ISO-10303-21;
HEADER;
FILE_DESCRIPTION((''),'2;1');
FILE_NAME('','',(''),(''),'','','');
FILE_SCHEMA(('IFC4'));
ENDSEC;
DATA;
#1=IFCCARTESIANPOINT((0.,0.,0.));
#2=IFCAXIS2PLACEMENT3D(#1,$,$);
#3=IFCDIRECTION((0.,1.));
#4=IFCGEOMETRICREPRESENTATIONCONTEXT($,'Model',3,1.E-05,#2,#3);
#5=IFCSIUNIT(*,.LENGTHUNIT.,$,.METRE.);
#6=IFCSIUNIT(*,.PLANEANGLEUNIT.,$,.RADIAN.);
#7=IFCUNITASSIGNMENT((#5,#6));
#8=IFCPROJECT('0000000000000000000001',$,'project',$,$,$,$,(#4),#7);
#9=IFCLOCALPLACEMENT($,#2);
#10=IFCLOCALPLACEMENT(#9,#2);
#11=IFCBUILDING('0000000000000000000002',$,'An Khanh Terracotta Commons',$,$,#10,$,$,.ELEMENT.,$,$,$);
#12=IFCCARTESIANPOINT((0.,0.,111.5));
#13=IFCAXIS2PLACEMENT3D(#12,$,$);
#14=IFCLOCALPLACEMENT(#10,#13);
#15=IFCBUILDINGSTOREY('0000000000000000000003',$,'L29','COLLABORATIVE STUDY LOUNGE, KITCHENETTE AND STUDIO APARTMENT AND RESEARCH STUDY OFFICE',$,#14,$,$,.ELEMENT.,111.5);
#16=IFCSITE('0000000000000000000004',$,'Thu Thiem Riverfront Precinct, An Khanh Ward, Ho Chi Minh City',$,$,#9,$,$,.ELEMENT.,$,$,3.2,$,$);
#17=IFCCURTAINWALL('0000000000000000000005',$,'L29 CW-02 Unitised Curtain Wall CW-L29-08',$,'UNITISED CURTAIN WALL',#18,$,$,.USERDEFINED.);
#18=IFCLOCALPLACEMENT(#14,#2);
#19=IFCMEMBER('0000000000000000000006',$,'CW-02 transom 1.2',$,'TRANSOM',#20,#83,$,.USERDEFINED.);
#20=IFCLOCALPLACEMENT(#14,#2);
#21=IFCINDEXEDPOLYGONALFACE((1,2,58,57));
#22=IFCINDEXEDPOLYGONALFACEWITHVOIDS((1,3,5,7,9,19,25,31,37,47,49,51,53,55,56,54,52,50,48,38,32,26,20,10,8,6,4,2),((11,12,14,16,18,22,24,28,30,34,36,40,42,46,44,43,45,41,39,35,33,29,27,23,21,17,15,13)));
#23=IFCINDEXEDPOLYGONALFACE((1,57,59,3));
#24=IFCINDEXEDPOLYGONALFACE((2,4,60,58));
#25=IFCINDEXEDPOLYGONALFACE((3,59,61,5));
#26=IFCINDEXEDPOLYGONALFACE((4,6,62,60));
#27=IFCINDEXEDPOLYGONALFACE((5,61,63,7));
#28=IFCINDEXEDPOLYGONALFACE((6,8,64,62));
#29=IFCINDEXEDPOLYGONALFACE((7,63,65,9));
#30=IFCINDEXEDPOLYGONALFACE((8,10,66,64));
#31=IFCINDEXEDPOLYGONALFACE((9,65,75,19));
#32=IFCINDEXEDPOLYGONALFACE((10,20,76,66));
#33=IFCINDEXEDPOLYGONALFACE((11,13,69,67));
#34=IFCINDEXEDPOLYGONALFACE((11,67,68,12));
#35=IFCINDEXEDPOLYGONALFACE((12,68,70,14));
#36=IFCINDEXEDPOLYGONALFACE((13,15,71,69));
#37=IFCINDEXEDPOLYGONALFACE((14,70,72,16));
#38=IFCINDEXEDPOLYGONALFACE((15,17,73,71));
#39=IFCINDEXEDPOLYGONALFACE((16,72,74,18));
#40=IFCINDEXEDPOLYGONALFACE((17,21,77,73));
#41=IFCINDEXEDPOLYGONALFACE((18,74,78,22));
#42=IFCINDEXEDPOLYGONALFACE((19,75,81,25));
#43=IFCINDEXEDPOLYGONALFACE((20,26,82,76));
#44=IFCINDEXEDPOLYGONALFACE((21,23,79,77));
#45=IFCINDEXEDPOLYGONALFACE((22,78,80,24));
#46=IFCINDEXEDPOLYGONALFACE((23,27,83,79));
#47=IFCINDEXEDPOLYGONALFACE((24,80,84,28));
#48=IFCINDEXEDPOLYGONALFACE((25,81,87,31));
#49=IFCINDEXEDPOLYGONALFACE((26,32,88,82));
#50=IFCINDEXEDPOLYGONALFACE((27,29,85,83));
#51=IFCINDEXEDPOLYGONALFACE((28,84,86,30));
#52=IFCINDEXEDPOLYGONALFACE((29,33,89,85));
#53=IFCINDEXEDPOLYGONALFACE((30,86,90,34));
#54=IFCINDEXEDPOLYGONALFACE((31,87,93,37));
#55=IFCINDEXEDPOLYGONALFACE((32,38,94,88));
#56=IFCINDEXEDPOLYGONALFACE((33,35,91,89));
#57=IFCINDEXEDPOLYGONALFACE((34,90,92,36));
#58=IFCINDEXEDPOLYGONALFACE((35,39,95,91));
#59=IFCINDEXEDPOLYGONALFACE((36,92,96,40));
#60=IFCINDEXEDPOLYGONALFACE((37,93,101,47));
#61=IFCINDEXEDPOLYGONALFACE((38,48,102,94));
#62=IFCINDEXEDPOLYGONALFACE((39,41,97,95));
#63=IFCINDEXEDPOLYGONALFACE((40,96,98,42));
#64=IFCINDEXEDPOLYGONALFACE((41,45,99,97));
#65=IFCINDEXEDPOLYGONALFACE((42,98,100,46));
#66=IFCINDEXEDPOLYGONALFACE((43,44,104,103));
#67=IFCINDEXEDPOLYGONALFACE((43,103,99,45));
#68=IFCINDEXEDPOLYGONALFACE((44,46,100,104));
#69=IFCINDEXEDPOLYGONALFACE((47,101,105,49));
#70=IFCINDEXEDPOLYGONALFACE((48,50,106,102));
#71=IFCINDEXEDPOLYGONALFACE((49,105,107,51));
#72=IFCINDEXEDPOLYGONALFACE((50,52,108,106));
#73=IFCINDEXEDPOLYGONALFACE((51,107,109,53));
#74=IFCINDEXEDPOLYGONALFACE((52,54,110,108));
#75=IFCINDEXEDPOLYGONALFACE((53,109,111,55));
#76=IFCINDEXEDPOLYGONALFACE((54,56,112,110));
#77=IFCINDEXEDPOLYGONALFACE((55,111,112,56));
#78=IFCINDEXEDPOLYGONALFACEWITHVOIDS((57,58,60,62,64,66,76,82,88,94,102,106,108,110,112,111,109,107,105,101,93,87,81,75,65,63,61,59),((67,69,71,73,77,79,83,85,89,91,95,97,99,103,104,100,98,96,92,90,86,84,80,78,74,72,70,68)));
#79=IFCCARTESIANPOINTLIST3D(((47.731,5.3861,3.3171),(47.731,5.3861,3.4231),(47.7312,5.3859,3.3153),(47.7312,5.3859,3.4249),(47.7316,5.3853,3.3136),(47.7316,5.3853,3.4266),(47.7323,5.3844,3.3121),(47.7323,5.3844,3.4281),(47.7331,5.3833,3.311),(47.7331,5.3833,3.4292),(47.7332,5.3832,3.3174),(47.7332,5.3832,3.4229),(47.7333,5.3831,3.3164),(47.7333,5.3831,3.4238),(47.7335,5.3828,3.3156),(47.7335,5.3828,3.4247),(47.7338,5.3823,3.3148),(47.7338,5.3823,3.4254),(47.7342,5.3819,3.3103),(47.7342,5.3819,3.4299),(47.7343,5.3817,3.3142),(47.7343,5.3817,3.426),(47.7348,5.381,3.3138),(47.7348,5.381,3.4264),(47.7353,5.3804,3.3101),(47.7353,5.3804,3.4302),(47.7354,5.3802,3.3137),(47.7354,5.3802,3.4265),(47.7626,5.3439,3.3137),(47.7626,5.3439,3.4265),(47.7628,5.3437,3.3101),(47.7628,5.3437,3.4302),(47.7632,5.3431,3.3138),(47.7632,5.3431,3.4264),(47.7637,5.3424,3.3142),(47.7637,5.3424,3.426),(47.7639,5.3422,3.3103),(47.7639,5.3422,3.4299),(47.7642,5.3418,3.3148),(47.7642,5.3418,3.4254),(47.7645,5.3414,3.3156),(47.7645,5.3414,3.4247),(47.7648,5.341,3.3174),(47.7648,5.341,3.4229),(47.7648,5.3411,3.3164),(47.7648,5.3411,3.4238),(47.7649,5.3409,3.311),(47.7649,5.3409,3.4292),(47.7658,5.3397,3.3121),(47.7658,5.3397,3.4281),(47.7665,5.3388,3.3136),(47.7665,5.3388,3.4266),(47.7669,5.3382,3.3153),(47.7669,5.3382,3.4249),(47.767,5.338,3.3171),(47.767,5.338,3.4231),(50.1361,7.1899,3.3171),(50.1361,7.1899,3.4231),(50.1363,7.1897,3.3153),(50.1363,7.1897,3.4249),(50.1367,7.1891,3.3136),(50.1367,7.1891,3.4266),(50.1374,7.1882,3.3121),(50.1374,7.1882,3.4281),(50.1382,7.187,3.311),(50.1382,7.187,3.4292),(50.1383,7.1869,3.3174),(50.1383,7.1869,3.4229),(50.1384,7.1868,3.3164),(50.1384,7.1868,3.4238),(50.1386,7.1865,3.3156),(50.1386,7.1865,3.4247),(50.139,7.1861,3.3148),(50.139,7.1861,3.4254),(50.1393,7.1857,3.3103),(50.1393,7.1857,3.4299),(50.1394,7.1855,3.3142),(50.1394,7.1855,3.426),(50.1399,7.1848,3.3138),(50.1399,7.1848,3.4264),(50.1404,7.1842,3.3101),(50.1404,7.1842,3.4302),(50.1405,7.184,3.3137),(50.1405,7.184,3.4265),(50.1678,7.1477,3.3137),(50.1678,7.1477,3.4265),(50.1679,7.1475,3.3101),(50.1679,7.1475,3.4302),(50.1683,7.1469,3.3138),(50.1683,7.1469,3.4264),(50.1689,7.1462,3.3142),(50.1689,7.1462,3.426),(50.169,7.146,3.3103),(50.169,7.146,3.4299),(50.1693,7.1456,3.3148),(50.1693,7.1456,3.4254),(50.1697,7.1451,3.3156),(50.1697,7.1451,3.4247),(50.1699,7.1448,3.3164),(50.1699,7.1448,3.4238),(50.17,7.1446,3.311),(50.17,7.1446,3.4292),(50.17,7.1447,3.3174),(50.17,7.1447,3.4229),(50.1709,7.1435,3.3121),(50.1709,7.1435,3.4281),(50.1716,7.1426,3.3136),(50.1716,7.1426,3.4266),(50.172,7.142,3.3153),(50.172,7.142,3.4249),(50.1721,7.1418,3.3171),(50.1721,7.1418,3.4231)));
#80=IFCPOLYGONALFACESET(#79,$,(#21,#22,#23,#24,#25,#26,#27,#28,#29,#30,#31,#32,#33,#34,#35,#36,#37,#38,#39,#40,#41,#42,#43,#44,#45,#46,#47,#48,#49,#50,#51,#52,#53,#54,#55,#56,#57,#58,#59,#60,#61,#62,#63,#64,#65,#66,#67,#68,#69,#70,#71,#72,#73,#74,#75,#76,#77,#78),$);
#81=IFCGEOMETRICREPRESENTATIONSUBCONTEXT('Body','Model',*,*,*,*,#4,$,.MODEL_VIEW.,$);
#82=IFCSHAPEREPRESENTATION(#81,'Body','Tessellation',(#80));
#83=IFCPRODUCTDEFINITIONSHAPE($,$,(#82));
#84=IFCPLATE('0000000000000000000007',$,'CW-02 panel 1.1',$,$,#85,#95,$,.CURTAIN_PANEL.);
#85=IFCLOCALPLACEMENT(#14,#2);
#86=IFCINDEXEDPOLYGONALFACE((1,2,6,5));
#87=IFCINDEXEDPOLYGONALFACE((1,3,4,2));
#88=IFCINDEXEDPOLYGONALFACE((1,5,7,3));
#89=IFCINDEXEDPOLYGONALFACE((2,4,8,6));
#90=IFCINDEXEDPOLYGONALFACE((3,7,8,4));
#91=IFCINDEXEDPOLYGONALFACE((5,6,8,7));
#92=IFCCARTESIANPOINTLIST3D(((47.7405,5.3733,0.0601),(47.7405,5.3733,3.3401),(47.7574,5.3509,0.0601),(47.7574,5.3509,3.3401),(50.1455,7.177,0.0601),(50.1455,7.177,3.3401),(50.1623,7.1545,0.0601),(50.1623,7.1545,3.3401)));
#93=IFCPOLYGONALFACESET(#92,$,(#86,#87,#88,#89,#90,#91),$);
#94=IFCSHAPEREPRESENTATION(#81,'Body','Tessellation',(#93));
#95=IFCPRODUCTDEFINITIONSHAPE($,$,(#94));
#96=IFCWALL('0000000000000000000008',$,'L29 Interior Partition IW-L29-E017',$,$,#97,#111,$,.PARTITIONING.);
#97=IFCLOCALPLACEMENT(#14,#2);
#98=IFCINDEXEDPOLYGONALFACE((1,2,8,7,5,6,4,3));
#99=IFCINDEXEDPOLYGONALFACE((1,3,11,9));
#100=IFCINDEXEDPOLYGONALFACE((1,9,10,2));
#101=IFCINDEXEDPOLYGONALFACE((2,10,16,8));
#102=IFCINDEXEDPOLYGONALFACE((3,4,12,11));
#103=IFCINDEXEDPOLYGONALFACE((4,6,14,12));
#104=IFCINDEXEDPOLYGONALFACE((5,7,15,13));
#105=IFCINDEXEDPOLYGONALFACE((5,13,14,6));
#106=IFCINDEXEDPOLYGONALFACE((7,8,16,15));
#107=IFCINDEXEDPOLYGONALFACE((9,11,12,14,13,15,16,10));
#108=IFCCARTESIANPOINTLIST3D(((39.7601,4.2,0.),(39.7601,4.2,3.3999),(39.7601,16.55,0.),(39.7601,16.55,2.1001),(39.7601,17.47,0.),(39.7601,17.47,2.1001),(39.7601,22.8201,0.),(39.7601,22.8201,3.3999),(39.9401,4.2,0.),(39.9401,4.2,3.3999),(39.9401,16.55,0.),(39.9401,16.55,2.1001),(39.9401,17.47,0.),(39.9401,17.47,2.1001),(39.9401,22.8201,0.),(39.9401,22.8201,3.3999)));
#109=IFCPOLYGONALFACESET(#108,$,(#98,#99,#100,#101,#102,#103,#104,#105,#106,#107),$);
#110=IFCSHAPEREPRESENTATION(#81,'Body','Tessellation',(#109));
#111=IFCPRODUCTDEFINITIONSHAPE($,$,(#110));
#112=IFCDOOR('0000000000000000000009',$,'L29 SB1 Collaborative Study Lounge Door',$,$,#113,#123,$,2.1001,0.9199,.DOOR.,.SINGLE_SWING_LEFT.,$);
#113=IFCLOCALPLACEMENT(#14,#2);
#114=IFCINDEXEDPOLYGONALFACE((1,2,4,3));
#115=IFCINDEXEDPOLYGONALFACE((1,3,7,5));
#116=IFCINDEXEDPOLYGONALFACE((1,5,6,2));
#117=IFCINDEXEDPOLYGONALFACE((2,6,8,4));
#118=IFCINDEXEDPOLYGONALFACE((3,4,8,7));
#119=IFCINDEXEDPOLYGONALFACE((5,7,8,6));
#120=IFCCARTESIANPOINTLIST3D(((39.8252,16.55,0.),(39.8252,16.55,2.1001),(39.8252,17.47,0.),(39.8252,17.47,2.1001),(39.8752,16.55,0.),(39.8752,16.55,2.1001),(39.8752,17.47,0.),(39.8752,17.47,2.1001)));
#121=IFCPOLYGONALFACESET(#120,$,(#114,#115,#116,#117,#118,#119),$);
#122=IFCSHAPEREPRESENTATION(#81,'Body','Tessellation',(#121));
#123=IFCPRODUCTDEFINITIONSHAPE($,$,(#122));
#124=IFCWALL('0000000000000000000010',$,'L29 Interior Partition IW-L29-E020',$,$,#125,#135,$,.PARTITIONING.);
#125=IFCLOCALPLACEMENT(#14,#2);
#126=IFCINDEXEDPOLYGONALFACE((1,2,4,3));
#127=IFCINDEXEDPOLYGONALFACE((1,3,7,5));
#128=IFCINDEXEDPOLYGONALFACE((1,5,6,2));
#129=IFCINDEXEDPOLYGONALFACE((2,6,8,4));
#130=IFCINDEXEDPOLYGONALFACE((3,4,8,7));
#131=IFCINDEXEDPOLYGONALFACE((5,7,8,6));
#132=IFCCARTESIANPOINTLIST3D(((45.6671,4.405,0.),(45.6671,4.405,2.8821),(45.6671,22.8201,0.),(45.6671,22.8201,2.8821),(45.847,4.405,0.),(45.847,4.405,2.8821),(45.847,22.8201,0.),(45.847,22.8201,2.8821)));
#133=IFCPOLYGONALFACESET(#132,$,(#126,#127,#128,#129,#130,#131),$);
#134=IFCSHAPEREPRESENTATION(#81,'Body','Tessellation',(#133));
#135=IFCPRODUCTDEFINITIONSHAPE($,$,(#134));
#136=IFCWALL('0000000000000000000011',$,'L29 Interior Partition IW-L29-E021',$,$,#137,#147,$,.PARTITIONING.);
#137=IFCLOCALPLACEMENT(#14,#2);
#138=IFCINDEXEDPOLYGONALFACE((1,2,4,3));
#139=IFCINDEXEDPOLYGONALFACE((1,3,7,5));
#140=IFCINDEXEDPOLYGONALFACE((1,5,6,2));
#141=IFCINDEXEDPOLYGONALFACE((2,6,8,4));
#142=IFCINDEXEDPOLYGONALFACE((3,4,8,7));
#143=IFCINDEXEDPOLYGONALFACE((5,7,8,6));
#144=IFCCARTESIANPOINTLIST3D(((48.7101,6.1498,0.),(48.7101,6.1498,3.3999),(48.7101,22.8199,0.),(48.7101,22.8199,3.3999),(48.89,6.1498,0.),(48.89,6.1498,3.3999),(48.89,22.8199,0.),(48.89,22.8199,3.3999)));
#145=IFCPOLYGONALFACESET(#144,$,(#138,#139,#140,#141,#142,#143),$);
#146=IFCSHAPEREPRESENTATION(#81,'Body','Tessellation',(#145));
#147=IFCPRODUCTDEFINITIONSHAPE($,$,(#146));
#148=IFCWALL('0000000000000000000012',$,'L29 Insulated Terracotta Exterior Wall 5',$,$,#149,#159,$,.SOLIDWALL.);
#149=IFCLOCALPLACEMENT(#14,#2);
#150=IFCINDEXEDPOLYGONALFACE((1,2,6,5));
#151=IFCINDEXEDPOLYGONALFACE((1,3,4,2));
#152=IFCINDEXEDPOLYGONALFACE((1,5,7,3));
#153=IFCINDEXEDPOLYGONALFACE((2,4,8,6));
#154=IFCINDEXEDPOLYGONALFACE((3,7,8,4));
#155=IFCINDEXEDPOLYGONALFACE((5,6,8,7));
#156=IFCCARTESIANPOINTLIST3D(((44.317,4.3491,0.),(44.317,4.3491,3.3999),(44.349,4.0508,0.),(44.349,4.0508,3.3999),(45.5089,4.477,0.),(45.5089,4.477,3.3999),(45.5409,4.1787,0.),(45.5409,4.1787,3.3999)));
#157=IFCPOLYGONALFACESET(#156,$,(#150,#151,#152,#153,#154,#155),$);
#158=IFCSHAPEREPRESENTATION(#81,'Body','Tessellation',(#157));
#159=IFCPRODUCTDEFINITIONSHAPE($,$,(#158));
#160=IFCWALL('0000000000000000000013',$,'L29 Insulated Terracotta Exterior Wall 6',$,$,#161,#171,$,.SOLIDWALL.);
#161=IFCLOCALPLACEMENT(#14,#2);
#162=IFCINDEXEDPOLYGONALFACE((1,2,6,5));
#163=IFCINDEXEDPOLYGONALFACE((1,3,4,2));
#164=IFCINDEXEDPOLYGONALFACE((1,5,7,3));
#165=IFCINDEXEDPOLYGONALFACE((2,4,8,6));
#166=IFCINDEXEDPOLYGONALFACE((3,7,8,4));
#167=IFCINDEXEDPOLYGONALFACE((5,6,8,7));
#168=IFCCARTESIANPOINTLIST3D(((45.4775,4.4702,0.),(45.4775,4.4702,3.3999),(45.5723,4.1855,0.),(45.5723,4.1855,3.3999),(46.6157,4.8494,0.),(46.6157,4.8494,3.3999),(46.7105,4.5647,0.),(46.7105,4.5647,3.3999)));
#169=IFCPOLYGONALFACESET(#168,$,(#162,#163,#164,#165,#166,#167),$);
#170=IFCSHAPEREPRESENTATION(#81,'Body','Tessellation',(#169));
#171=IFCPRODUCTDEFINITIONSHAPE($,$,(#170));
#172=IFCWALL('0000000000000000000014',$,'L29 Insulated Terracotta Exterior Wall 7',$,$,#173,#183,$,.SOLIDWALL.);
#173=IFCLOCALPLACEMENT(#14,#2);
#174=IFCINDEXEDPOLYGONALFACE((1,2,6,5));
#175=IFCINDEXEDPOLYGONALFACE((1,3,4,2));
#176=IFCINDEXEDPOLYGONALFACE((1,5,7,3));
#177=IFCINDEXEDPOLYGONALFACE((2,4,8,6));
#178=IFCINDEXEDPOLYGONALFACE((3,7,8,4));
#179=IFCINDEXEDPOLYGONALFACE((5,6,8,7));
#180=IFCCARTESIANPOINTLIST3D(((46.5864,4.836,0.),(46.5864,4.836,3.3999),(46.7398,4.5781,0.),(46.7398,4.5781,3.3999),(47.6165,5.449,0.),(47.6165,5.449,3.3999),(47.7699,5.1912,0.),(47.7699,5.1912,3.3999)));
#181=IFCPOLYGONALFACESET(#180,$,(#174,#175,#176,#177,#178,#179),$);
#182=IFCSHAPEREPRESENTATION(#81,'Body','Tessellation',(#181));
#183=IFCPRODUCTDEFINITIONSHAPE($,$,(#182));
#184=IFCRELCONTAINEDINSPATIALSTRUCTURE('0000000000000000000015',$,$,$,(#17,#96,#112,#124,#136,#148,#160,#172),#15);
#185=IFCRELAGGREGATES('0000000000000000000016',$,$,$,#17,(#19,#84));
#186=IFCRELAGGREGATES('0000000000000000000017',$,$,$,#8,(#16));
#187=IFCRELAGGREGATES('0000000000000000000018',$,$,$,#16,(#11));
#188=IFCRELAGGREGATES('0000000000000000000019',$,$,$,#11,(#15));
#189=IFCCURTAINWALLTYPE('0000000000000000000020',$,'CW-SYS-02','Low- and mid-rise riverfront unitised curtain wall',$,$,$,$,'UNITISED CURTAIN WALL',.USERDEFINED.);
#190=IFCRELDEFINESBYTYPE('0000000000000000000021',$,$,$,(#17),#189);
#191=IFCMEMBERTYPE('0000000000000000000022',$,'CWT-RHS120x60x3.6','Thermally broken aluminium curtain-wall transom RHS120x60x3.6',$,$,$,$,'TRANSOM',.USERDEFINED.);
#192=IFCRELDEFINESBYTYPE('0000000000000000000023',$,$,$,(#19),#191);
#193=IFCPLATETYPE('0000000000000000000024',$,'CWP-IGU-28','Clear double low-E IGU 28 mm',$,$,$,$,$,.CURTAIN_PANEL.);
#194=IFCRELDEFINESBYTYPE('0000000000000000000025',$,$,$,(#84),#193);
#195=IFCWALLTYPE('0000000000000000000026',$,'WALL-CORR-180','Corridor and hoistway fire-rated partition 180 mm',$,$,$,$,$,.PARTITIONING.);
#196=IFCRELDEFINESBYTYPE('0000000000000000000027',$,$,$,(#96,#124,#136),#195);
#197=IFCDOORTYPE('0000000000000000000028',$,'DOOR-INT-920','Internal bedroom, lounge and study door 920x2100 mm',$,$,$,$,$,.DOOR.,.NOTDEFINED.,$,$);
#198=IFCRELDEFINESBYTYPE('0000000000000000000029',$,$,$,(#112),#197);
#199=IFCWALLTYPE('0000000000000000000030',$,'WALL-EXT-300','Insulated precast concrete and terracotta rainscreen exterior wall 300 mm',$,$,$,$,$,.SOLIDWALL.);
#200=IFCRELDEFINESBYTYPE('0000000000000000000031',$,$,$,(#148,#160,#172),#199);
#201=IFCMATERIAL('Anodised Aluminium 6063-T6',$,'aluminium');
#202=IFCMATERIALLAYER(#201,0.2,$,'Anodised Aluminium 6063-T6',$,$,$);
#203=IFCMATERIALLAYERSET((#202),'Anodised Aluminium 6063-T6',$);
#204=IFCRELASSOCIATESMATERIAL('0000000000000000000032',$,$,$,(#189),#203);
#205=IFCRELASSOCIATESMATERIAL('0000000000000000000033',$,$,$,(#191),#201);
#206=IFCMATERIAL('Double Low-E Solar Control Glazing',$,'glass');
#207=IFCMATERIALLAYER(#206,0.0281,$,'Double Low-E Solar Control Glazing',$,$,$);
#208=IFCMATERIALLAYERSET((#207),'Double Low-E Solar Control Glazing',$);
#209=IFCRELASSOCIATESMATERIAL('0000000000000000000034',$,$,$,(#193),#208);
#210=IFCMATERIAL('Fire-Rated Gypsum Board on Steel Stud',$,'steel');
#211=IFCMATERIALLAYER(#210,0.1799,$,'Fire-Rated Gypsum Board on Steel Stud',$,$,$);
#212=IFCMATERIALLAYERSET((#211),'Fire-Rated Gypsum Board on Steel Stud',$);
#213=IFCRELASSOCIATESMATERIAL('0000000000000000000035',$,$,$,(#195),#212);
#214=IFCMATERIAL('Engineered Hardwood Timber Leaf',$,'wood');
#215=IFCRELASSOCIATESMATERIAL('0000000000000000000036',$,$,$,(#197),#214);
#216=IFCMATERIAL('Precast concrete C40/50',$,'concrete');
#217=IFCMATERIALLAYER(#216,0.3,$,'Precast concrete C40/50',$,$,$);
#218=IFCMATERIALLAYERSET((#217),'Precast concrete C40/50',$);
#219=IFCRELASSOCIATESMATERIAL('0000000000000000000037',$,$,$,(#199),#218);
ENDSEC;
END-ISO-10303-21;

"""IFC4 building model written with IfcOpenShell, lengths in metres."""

from ifc_helpers import new_model, si_unit, direction, frame, frame_2d, origin, origin_2d, place, context, subcontext, project, spatial, rectangle, hollow_rectangle, extrude, material, layer, layer_set, material_profile, profile_set, type_object, element, fill, aggregate, save


model = new_model("IFC4")

# Units and contexts
model_context = context("Model", 3, precision=1e-05, world=origin(), true_north=direction((0.0, 1.0)))
body_context = subcontext(model_context, "Body", "Model", "MODEL_VIEW")
ifc_project = project(units=[si_unit("LENGTHUNIT", "METRE"), si_unit("PLANEANGLEUNIT", "RADIAN")], contexts=[model_context])

# Site, building, storey
site_placement = place(None, origin())
site = spatial("IfcSite", under=ifc_project, at=site_placement, Name="Thu Thiem Riverfront Precinct, An Khanh Ward, Ho Chi Minh City", CompositionType="ELEMENT", RefElevation=3.2)
building_placement = place(site_placement, origin())
building = spatial("IfcBuilding", under=site, at=building_placement, Name="An Khanh Terracotta Commons", CompositionType="ELEMENT")
storey_placement = place(building_placement, frame((0.0, 0.0, 111.5)))
storey = spatial("IfcBuildingStorey", under=building, at=storey_placement, Name="L29", Description="COLLABORATIVE STUDY LOUNGE, KITCHENETTE AND STUDIO APARTMENT AND RESEARCH STUDY OFFICE", CompositionType="ELEMENT", Elevation=111.5)

# Curtain wall, member, plate
ifc_material_1 = material(Name="Anodised Aluminium 6063-T6", Category="aluminium")
ifc_layer_1 = layer(ifc_material_1, 0.2, Name="Anodised Aluminium 6063-T6")
ifc_layer_set_1 = layer_set([ifc_layer_1], Name="Anodised Aluminium 6063-T6")
curtain_wall_type = type_object("IfcCurtainWallType", Name="CW-SYS-02", Description="Low- and mid-rise riverfront unitised curtain wall", ElementType="UNITISED CURTAIN WALL", PredefinedType="USERDEFINED", material=ifc_layer_set_1)
curtain_wall_placement = place(storey_placement, origin())
curtain_wall = element("IfcCurtainWall", 1, at=curtain_wall_placement, inside=storey, type_object=curtain_wall_type, Name="L29 CW-02 Unitised Curtain Wall CW-L29-08", ObjectType="UNITISED CURTAIN WALL", PredefinedType="USERDEFINED")
ifc_material_profile_1 = material_profile(ifc_material_1, hollow_rectangle(XDim=0.0601, YDim=0.1201, WallThickness=0.0037, InnerFilletRadius=0.0037, OuterFilletRadius=0.0071, at=origin_2d()), Name="RHS120x60x3.6")
ifc_profile_set_1 = profile_set([ifc_material_profile_1], Name="Anodised Aluminium 6063-T6")
member_type_1 = type_object("IfcMemberType", Name="CWT-RHS120x60x3.6", Description="Thermally broken aluminium curtain-wall transom RHS120x60x3.6", ElementType="TRANSOM", PredefinedType="USERDEFINED", material=ifc_profile_set_1)
member_1_placement = place(storey_placement, frame((47.749, 5.3621, 3.3701), z_axis=(0.80001, 0.599987, 0.0), x_axis=(-0.599987, 0.80001, 0.0)))
member_1 = element("IfcMember", 2, at=member_1_placement, type_object=member_type_1, Name="CW-02 transom 1.2", ObjectType="TRANSOM", PredefinedType="USERDEFINED", context=body_context, shape_type="SweptSolid", body=[
    extrude(hollow_rectangle(XDim=0.0601, YDim=0.1201, WallThickness=0.0037, InnerFilletRadius=0.0037, OuterFilletRadius=0.0071, at=origin_2d()), origin(), (0.0, 0.0, 1.0), 3.0063),
])
ifc_material_2 = material(Name="Double Low-E Solar Control Glazing", Category="glass")
ifc_layer_2 = layer(ifc_material_2, 0.0281, Name="Double Low-E Solar Control Glazing")
ifc_layer_set_2 = layer_set([ifc_layer_2], Name="Double Low-E Solar Control Glazing")
plate_type = type_object("IfcPlateType", Name="CWP-IGU-28", Description="Clear double low-E IGU 28 mm", PredefinedType="CURTAIN_PANEL", material=ifc_layer_set_2)
plate_placement = place(storey_placement, frame((48.9514, 6.2639, 0.0601), z_axis=(0.0, 0.0, 1.0), x_axis=(0.800013, 0.599983, 0.0)))
plate = element("IfcPlate", 3, at=plate_placement, type_object=plate_type, Name="CW-02 panel 1.1", PredefinedType="CURTAIN_PANEL", context=body_context, shape_type="SweptSolid", body=[
    extrude(rectangle(XDim=3.0061, YDim=0.0281, at=origin_2d()), origin(), (0.0, 0.0, 1.0), 3.28),
])
aggregate(curtain_wall, [member_1, plate])

# Wall, opening, door
ifc_material_3 = material(Name="Fire-Rated Gypsum Board on Steel Stud", Category="steel")
ifc_layer_3 = layer(ifc_material_3, 0.1799, Name="Fire-Rated Gypsum Board on Steel Stud")
ifc_layer_set_3 = layer_set([ifc_layer_3], Name="Fire-Rated Gypsum Board on Steel Stud")
wall_type_1 = type_object("IfcWallType", Name="WALL-CORR-180", Description="Corridor and hoistway fire-rated partition 180 mm", PredefinedType="PARTITIONING", material=ifc_layer_set_3)
wall_1_placement = place(storey_placement, frame((39.8501, 4.2, 0.0), z_axis=(0.0, 0.0, 1.0), x_axis=(0.0, 1.0, 0.0)))
wall_1 = element("IfcWall", 4, at=wall_1_placement, inside=storey, type_object=wall_type_1, Name="L29 Interior Partition IW-L29-E017", PredefinedType="PARTITIONING", context=body_context, shape_type="SweptSolid", body=[
    extrude(rectangle(XDim=18.6201, YDim=0.1799, at=frame_2d((9.3101, 0.0))), origin(), (0.0, 0.0, 1.0), 3.3999),
])
opening_placement = place(wall_1_placement, frame((12.3501, 0.0, 0.0)))
opening = element("IfcOpeningElement", 5, at=opening_placement, cuts=wall_1, PredefinedType="OPENING", context=body_context, shape_type="SweptSolid", body=[
    extrude(rectangle(XDim=0.9199, YDim=2.1001, at=frame_2d((0.46, 1.05))), frame((0.0, 0.0999, 0.0), z_axis=(0.0, -1.0, 0.0), x_axis=(1.0, 0.0, 0.0)), (0.0, 0.0, 1.0), 0.2),
])
ifc_material_4 = material(Name="Engineered Hardwood Timber Leaf", Category="wood")
door_type = type_object("IfcDoorType", Name="DOOR-INT-920", Description="Internal bedroom, lounge and study door 920x2100 mm", OperationType="NOTDEFINED", PredefinedType="DOOR", material=ifc_material_4)
door_placement = place(opening_placement, origin())
door = element("IfcDoor", 6, at=door_placement, inside=storey, type_object=door_type, Name="L29 SB1 Collaborative Study Lounge Door", OperationType="SINGLE_SWING_LEFT", OverallHeight=2.1001, OverallWidth=0.9199, PredefinedType="DOOR", context=body_context, shape_type="SweptSolid", body=[
    extrude(rectangle(XDim=0.9199, YDim=2.1001, at=frame_2d((0.46, 1.05))), frame((0.0, 0.0249, 0.0), z_axis=(0.0, -1.0, 0.0), x_axis=(1.0, 0.0, 0.0)), (0.0, 0.0, 1.0), 0.05),
])
fill(opening, door)

# Walls
wall_2_placement = place(storey_placement, frame((45.7571, 4.405, 0.0), z_axis=(0.0, 0.0, 1.0), x_axis=(0.0, 1.0, 0.0)))
element("IfcWall", 7, at=wall_2_placement, inside=storey, type_object=wall_type_1, Name="L29 Interior Partition IW-L29-E020", PredefinedType="PARTITIONING", context=body_context, shape_type="SweptSolid", body=[
    extrude(rectangle(XDim=18.415, YDim=0.1799, at=frame_2d((9.2075, 0.0))), origin(), (0.0, 0.0, 1.0), 2.8821),
])
wall_3_placement = place(storey_placement, frame((48.8, 6.1499, 0.0), z_axis=(0.0, 0.0, 1.0), x_axis=(0.0, 1.0, 0.0)))
element("IfcWall", 8, at=wall_3_placement, inside=storey, type_object=wall_type_1, Name="L29 Interior Partition IW-L29-E021", PredefinedType="PARTITIONING", context=body_context, shape_type="SweptSolid", body=[
    extrude(rectangle(XDim=16.6702, YDim=0.1799, at=frame_2d((8.335, 0.0))), origin(), (0.0, 0.0, 1.0), 3.3999),
])
ifc_material_5 = material(Name="Precast concrete C40/50", Category="concrete")
ifc_layer_4 = layer(ifc_material_5, 0.3, Name="Precast concrete C40/50")
ifc_layer_set_4 = layer_set([ifc_layer_4], Name="Precast concrete C40/50")
wall_type_2 = type_object("IfcWallType", Name="WALL-EXT-300", Description="Insulated precast concrete and terracotta rainscreen exterior wall 300 mm", PredefinedType="SOLIDWALL", material=ifc_layer_set_4)
wall_4_placement = place(storey_placement, frame((44.333, 4.2, 0.0), z_axis=(0.0, 0.0, 1.0), x_axis=(0.994289, 0.10672, 0.0)))
element("IfcWall", 9, at=wall_4_placement, inside=storey, type_object=wall_type_2, Name="L29 Insulated Terracotta Exterior Wall 5", PredefinedType="SOLIDWALL", context=body_context, shape_type="SweptSolid", body=[
    extrude(rectangle(XDim=1.1987, YDim=0.3, at=frame_2d((0.5994, 0.0))), origin(), (0.0, 0.0, 1.0), 3.3999),
])
wall_5_placement = place(storey_placement, frame((45.5249, 4.3279, 0.0), z_axis=(0.0, 0.0, 1.0), x_axis=(0.948744, 0.316045, 0.0)))
element("IfcWall", 10, at=wall_5_placement, inside=storey, type_object=wall_type_2, Name="L29 Insulated Terracotta Exterior Wall 6", PredefinedType="SOLIDWALL", context=body_context, shape_type="SweptSolid", body=[
    extrude(rectangle(XDim=1.1997, YDim=0.3, at=frame_2d((0.5999, 0.0))), origin(), (0.0, 0.0, 1.0), 3.3999),
])
wall_6_placement = place(storey_placement, frame((46.6631, 4.707, 0.0), z_axis=(0.0, 0.0, 1.0), x_axis=(0.859321, 0.511437, 0.0)))
element("IfcWall", 11, at=wall_6_placement, inside=storey, type_object=wall_type_2, Name="L29 Insulated Terracotta Exterior Wall 7", PredefinedType="SOLIDWALL", context=body_context, shape_type="SweptSolid", body=[
    extrude(rectangle(XDim=1.1987, YDim=0.3, at=frame_2d((0.5994, 0.0))), origin(), (0.0, 0.0, 1.0), 3.3999),
])

save(model, "model.ifc")
